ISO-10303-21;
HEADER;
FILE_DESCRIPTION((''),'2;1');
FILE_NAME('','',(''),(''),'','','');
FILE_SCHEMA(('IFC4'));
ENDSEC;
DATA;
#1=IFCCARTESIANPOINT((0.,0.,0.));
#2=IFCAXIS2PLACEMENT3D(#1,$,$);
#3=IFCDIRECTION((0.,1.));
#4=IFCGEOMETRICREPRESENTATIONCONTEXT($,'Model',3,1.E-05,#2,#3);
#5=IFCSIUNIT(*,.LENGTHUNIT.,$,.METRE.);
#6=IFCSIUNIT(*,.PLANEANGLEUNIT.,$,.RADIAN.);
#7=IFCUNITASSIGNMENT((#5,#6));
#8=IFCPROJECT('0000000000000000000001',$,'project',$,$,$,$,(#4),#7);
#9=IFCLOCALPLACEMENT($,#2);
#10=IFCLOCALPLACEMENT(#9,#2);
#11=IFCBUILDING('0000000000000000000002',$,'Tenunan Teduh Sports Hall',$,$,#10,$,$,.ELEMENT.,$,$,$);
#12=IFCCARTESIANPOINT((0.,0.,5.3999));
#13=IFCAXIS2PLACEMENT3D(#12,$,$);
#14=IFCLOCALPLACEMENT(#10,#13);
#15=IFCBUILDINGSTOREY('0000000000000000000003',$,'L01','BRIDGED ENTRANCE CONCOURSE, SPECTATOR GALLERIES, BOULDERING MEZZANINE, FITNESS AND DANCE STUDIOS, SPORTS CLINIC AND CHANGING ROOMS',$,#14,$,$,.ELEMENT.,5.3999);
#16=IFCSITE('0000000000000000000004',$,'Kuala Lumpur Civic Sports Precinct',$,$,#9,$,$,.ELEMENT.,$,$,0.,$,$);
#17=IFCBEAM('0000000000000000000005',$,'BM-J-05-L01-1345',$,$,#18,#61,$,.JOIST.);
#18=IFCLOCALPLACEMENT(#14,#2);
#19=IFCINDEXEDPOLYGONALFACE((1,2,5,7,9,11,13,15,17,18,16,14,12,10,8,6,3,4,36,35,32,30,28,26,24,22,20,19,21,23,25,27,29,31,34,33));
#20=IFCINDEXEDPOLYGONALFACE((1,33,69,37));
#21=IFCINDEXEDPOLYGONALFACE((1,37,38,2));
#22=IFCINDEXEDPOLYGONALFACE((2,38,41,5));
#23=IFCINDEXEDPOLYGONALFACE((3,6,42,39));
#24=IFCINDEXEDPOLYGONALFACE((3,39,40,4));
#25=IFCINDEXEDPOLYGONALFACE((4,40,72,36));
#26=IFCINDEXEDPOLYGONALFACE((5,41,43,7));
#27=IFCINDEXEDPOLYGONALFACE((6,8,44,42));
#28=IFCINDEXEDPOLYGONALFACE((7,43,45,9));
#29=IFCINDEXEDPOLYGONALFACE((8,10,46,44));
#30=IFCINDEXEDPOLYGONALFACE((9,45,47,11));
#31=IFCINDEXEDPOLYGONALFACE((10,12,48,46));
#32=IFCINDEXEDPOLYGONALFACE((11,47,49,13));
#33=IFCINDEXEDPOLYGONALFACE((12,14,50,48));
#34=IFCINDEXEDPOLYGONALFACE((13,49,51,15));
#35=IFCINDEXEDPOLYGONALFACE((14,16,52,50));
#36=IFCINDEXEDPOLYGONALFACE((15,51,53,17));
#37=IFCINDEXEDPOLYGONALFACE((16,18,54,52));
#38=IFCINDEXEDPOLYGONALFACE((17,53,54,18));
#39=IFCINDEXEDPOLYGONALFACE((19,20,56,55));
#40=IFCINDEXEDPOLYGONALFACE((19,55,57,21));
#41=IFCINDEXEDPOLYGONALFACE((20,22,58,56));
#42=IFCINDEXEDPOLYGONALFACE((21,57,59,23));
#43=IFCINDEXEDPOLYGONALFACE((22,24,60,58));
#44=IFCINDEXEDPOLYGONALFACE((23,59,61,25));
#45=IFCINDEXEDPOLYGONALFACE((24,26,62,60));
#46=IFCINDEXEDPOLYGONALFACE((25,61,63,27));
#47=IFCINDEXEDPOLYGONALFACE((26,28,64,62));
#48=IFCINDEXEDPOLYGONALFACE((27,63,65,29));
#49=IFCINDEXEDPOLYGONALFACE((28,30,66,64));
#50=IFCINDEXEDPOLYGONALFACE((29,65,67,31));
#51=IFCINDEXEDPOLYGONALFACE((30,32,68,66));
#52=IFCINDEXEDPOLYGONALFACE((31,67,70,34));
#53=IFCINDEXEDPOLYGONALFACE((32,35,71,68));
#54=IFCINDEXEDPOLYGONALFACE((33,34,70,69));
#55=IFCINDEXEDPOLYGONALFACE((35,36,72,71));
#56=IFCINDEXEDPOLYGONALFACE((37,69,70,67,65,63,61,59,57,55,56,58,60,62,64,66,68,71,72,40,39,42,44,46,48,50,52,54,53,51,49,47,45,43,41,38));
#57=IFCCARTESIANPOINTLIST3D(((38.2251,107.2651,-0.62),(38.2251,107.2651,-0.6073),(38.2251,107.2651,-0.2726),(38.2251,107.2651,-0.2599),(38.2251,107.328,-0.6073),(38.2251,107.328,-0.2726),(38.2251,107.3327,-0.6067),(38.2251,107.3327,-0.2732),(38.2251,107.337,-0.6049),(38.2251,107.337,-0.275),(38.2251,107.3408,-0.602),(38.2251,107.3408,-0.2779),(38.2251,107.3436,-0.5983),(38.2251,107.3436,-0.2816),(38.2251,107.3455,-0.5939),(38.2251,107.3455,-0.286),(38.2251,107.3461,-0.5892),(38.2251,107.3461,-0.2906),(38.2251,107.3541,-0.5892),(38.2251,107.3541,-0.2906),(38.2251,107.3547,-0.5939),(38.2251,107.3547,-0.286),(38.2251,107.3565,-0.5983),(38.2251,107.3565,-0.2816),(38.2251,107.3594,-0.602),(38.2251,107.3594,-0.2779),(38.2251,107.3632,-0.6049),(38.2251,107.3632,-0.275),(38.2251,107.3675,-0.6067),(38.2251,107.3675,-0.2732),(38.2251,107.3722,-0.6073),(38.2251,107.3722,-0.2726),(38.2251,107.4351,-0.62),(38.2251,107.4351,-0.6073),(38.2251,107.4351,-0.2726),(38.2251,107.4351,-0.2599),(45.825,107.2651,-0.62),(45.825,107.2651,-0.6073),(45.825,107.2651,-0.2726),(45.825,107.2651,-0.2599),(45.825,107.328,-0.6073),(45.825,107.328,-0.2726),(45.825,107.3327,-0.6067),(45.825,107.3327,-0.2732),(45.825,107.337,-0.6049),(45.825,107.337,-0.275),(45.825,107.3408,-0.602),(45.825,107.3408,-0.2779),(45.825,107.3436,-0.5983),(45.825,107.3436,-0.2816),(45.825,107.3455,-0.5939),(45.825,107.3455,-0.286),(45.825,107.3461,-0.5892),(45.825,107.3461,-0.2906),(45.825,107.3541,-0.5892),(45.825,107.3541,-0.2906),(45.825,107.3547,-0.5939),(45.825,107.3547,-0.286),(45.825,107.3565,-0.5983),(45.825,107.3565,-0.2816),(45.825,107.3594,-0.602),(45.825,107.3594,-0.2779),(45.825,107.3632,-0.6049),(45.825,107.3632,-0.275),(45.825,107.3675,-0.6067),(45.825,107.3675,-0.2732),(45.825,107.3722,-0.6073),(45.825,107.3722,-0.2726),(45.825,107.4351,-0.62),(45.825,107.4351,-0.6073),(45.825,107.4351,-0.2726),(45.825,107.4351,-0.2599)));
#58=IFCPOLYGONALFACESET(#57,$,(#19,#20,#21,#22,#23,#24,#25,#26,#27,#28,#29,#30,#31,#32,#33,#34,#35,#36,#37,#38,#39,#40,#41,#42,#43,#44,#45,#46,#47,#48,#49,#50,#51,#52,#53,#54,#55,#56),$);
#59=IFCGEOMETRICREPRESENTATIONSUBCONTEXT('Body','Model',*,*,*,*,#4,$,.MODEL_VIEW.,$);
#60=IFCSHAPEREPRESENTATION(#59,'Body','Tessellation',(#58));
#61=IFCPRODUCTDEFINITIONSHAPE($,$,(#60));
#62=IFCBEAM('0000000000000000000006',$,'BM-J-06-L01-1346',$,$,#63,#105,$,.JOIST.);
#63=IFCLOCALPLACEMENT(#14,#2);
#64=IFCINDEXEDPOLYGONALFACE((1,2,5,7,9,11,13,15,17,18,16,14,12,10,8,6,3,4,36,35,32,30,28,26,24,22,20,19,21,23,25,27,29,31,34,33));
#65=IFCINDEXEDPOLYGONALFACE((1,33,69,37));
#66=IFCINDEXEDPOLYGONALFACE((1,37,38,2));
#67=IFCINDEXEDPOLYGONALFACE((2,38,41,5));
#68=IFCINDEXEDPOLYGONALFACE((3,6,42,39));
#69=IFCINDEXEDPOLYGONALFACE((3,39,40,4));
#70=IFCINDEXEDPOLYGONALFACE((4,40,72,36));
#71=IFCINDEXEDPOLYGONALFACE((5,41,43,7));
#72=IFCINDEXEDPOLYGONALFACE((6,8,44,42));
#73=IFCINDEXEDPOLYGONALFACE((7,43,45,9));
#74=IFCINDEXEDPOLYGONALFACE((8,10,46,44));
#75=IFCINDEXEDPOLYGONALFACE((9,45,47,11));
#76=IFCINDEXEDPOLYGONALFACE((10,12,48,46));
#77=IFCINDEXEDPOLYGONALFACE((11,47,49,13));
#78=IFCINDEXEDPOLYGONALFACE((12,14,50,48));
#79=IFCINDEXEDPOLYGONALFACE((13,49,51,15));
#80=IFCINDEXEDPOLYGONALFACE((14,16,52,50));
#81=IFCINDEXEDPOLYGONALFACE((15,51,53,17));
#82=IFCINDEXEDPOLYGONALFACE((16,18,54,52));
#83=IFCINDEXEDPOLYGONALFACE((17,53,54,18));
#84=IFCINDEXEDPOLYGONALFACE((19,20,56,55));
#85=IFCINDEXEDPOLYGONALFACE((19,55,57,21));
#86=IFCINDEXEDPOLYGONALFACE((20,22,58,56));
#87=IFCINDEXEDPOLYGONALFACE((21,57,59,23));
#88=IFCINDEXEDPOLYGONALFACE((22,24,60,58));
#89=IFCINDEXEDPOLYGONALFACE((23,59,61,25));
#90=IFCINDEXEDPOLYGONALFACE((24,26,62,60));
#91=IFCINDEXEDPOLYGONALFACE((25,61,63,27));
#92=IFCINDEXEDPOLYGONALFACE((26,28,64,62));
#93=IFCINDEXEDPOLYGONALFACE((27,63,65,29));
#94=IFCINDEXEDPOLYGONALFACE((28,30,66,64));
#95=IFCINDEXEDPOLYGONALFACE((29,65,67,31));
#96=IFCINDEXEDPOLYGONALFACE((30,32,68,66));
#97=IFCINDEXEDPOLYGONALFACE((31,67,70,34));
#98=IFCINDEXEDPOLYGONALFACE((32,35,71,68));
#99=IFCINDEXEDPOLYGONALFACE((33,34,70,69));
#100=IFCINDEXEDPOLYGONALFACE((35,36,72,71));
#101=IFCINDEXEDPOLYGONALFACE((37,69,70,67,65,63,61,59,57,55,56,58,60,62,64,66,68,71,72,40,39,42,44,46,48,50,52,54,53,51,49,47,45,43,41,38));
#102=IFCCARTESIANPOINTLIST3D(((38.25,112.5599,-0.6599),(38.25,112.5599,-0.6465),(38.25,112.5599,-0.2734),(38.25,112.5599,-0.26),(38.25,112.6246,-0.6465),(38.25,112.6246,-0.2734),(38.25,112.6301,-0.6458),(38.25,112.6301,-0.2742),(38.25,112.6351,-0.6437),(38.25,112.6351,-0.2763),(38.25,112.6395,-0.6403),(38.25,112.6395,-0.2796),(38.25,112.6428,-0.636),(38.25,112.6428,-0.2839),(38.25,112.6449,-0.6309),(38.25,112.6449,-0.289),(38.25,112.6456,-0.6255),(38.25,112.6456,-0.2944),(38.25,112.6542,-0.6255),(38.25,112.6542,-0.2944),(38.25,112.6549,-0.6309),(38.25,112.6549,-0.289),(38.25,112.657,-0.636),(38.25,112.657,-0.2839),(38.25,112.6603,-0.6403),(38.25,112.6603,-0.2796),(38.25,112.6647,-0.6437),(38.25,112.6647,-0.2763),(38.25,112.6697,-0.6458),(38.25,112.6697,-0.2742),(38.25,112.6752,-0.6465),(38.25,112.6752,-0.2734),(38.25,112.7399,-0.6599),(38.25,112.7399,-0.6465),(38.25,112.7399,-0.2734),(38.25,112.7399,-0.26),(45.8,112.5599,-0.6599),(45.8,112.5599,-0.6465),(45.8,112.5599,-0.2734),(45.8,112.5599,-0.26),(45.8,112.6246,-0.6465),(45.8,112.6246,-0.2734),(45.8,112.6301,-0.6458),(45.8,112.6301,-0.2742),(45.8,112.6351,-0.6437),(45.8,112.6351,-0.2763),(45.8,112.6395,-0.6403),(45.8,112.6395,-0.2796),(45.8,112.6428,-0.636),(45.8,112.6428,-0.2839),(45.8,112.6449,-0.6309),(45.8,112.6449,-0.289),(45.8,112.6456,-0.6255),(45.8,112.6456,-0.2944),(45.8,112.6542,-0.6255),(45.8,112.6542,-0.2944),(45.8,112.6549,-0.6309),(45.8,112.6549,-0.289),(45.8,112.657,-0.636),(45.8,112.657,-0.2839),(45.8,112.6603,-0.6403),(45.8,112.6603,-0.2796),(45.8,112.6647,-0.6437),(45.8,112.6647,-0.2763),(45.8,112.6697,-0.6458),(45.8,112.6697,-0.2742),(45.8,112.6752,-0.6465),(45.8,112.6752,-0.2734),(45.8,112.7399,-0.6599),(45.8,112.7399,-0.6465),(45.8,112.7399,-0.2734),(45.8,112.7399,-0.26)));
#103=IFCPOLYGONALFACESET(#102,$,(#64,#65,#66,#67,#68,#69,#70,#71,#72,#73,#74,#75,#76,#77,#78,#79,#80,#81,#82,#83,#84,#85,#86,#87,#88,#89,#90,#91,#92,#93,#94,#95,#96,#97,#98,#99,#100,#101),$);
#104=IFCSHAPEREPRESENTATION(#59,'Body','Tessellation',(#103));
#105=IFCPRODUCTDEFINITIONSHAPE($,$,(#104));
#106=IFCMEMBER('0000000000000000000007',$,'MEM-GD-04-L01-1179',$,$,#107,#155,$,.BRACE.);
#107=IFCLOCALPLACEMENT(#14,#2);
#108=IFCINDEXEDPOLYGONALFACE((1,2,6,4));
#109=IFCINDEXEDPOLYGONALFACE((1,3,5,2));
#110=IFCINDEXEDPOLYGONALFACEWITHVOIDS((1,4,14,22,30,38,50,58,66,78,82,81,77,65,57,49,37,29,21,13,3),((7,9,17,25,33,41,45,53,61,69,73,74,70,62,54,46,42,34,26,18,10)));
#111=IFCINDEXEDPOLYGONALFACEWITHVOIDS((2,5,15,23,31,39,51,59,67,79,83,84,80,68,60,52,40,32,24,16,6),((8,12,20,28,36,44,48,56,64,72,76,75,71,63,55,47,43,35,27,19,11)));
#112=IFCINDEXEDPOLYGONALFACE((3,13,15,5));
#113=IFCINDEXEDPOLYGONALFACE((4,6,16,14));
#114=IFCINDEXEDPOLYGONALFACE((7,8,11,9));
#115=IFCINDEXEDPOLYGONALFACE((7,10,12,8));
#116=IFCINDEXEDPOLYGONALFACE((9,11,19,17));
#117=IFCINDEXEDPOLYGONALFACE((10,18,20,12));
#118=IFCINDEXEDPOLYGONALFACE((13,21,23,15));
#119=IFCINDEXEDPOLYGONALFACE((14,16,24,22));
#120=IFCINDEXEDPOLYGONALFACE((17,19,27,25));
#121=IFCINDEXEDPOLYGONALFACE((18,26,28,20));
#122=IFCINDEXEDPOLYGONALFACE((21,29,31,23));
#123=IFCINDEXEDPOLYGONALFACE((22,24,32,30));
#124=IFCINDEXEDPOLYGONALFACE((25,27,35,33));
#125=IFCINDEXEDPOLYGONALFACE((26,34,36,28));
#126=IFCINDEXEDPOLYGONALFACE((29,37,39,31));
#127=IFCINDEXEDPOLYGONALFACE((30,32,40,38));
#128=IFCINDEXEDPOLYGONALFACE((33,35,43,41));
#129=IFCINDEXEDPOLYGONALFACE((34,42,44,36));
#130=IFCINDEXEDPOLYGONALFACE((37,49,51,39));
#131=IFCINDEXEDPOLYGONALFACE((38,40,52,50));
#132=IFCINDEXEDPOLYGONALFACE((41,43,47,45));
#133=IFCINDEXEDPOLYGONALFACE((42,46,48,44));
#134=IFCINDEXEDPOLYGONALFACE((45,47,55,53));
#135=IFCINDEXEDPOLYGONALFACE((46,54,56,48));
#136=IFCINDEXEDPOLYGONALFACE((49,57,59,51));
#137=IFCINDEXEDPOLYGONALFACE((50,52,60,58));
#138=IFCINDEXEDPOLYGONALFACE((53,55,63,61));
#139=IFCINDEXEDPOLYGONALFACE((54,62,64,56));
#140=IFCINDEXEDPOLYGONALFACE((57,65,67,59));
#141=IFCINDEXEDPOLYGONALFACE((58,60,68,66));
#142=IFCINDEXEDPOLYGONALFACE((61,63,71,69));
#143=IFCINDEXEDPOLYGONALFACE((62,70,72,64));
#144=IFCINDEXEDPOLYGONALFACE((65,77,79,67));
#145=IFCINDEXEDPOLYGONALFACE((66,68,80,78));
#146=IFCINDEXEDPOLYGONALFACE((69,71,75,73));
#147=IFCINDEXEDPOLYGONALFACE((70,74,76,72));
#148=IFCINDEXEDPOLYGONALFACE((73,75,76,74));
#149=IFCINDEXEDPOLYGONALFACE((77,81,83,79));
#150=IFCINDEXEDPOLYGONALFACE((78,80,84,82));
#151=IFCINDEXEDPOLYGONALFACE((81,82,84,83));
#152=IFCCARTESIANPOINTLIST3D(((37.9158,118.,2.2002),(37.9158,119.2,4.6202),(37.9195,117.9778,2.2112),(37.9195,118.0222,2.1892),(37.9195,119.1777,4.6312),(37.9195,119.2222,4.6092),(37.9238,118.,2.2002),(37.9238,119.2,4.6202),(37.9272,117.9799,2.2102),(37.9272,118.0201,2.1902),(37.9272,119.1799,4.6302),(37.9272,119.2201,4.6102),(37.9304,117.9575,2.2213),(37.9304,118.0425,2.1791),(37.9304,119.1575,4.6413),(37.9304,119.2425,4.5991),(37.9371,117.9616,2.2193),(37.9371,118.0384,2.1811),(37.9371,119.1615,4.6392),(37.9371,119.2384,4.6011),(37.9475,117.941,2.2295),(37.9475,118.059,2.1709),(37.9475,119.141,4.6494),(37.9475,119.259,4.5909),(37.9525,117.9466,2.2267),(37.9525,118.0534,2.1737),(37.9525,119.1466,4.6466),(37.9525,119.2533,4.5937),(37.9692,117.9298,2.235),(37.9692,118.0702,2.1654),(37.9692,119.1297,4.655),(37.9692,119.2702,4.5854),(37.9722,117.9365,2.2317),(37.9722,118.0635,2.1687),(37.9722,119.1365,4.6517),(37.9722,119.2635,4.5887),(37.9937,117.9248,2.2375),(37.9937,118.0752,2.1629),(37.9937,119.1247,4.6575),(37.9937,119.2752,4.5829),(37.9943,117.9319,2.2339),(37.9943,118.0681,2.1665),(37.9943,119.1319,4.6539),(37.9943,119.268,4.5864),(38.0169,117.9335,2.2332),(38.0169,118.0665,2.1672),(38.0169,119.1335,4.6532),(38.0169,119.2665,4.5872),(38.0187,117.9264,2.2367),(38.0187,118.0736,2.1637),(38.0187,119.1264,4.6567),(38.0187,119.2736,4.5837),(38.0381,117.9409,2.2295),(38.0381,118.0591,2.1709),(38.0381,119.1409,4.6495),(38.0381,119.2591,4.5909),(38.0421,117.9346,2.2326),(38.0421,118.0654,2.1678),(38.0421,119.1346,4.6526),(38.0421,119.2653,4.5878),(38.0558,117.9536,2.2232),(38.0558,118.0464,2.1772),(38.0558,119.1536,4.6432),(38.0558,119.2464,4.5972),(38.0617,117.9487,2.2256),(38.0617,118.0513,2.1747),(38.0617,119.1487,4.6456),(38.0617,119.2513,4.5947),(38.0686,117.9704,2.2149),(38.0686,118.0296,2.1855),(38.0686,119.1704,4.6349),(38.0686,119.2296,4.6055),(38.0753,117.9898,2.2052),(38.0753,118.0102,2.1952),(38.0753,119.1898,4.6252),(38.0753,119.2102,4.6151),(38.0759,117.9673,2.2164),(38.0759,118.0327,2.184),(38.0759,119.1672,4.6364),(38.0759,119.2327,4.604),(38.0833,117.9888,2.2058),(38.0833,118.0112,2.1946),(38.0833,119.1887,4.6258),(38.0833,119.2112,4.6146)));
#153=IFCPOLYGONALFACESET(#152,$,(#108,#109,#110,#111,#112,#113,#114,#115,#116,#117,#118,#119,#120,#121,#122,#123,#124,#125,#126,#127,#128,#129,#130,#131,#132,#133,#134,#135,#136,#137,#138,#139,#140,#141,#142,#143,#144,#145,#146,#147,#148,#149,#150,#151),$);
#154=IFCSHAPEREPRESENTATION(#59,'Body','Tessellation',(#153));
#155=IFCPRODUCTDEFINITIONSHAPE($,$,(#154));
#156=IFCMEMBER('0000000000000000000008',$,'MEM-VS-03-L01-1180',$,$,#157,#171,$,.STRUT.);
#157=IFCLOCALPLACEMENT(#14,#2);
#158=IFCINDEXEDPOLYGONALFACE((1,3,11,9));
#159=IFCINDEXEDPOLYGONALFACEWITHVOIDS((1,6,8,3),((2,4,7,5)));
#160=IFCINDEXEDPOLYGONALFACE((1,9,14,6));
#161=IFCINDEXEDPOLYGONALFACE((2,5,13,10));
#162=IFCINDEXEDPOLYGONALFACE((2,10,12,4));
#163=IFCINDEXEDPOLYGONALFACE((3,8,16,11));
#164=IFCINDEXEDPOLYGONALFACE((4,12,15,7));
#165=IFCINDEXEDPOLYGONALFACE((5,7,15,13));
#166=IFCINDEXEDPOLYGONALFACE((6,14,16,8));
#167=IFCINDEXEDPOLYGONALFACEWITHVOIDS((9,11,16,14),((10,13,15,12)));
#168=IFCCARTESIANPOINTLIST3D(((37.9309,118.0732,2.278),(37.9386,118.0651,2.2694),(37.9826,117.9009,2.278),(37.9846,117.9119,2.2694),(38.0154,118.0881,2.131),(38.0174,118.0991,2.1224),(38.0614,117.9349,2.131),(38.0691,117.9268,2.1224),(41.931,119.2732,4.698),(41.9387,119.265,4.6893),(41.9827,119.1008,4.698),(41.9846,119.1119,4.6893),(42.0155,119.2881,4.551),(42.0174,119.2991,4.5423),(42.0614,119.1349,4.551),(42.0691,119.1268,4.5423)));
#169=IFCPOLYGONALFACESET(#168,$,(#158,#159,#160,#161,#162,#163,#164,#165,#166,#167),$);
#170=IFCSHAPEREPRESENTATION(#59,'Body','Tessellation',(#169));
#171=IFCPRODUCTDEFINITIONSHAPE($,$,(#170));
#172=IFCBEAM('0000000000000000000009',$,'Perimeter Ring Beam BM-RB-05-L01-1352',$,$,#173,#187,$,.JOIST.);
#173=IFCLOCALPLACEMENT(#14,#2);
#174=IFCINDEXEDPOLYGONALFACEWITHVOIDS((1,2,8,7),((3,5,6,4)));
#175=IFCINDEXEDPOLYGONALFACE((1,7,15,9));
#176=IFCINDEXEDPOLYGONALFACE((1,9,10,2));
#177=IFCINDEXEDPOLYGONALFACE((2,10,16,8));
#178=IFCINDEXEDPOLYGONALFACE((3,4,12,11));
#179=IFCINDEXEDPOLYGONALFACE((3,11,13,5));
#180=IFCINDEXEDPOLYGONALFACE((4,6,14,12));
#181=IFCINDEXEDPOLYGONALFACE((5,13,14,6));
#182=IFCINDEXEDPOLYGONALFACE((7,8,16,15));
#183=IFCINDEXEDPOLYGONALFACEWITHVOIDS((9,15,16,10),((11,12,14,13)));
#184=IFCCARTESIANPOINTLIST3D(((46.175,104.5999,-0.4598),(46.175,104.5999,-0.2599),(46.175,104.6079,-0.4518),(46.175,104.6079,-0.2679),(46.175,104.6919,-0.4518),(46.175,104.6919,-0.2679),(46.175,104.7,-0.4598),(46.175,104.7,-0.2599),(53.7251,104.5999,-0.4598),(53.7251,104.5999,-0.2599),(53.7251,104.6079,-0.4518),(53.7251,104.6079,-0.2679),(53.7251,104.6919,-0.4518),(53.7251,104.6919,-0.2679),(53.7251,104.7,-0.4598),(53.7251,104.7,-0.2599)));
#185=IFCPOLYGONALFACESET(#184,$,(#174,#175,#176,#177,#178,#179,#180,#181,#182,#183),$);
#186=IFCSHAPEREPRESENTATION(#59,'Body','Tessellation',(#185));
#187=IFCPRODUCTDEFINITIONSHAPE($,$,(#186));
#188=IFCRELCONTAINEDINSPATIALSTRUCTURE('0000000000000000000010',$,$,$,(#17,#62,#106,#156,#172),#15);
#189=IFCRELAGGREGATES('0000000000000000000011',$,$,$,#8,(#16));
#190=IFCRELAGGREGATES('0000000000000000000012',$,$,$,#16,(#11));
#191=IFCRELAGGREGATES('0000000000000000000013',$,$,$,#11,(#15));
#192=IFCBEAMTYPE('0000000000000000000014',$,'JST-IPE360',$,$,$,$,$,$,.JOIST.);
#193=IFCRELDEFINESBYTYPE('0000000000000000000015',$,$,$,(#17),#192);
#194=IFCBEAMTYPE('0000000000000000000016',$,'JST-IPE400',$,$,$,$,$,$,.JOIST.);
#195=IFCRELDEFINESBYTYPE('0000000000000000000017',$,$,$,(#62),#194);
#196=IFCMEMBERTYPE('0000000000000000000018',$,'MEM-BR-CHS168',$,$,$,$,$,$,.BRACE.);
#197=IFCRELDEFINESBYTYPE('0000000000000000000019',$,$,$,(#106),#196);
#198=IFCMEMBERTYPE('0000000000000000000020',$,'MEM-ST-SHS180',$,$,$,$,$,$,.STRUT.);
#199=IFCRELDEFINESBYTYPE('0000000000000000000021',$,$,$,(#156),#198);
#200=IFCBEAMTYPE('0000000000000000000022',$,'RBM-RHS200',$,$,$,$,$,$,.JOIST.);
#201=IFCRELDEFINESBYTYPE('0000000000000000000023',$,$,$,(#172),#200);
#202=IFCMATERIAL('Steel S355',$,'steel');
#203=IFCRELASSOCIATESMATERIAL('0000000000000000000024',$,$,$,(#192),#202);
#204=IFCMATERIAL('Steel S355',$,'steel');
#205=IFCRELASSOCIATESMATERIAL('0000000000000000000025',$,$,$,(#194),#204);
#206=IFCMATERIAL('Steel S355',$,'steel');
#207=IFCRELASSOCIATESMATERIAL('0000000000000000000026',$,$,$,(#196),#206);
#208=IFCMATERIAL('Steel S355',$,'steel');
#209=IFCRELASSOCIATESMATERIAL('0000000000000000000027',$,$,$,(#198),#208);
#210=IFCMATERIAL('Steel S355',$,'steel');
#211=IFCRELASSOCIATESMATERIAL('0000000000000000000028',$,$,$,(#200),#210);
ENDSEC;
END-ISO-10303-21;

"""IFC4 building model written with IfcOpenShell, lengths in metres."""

from ifc_helpers import new_model, si_unit, direction, frame, origin, origin_2d, place, context, subcontext, project, spatial, hollow_rectangle, hollow_circle, i_section, extrude, material, material_profile, profile_set, type_object, element, save


model = new_model("IFC4")

# Units and contexts
model_context = context("Model", 3, precision=1e-05, world=origin(), true_north=direction((0.0, 1.0)))
body_context = subcontext(model_context, "Body", "Model", "MODEL_VIEW")
ifc_project = project(units=[si_unit("LENGTHUNIT", "METRE"), si_unit("PLANEANGLEUNIT", "RADIAN")], contexts=[model_context])

# Site, building, storey
site_placement = place(None, origin())
site = spatial("IfcSite", under=ifc_project, at=site_placement, Name="Kuala Lumpur Civic Sports Precinct", CompositionType="ELEMENT", RefElevation=0.0)
building_placement = place(site_placement, origin())
building = spatial("IfcBuilding", under=site, at=building_placement, Name="Tenunan Teduh Sports Hall", CompositionType="ELEMENT")
storey_placement = place(building_placement, frame((0.0, 0.0, 5.3999)))
storey = spatial("IfcBuildingStorey", under=building, at=storey_placement, Name="L01", Description="BRIDGED ENTRANCE CONCOURSE, SPECTATOR GALLERIES, BOULDERING MEZZANINE, FITNESS AND DANCE STUDIOS, SPORTS CLINIC AND CHANGING ROOMS", CompositionType="ELEMENT", Elevation=5.3999)

# Beams
ifc_material_1 = material(Name="Steel S355", Category="steel")
ifc_material_profile_1 = material_profile(ifc_material_1, i_section(OverallWidth=0.1699, OverallDepth=0.3601, WebThickness=0.0081, FlangeThickness=0.0127, FilletRadius=0.0181, at=origin_2d()), Name="IPE 360")
ifc_profile_set_1 = profile_set([ifc_material_profile_1], Name="Steel S355")
beam_type_1 = type_object("IfcBeamType", Name="JST-IPE360", PredefinedType="JOIST", material=ifc_profile_set_1)
beam_1_placement = place(storey_placement, frame((38.2251, 107.3501, -0.4399), z_axis=(1.0, 0.0, 0.0), x_axis=(0.0, 1.0, 0.0)))
element("IfcBeam", 1, at=beam_1_placement, inside=storey, type_object=beam_type_1, Name="BM-J-05-L01-1345", PredefinedType="JOIST", context=body_context, shape_type="SweptSolid", body=[
    extrude(i_section(OverallWidth=0.1699, OverallDepth=0.3601, WebThickness=0.0081, FlangeThickness=0.0127, FilletRadius=0.0181, at=origin_2d()), origin(), (0.0, 0.0, 1.0), 7.5999),
])
ifc_material_2 = material(Name="Steel S355", Category="steel")
ifc_material_profile_2 = material_profile(ifc_material_2, i_section(OverallWidth=0.1799, OverallDepth=0.3999, WebThickness=0.0085, FlangeThickness=0.0134, FilletRadius=0.021, at=origin_2d()), Name="IPE 400")
ifc_profile_set_2 = profile_set([ifc_material_profile_2], Name="Steel S355")
beam_type_2 = type_object("IfcBeamType", Name="JST-IPE400", PredefinedType="JOIST", material=ifc_profile_set_2)
beam_2_placement = place(storey_placement, frame((38.25, 112.6499, -0.46), z_axis=(1.0, 0.0, 0.0), x_axis=(0.0, 1.0, 0.0)))
element("IfcBeam", 2, at=beam_2_placement, inside=storey, type_object=beam_type_2, Name="BM-J-06-L01-1346", PredefinedType="JOIST", context=body_context, shape_type="SweptSolid", body=[
    extrude(i_section(OverallWidth=0.1799, OverallDepth=0.3999, WebThickness=0.0085, FlangeThickness=0.0134, FilletRadius=0.021, at=origin_2d()), origin(), (0.0, 0.0, 1.0), 7.55),
])

# Members
ifc_material_3 = material(Name="Steel S355", Category="steel")
ifc_material_profile_3 = material_profile(ifc_material_3, hollow_circle(Radius=0.0842, WallThickness=0.0081, at=origin_2d()), Name="CHS 168.3x8.0")
ifc_profile_set_3 = profile_set([ifc_material_profile_3], Name="Steel S355")
member_type_1 = type_object("IfcMemberType", Name="MEM-BR-CHS168", PredefinedType="BRACE", material=ifc_profile_set_3)
member_1_placement = place(storey_placement, frame((38.0, 118.0, 2.2002), z_axis=(0.0, 0.444246, 0.895905), x_axis=(-1.0, 0.0, 0.0)))
element("IfcMember", 3, at=member_1_placement, inside=storey, type_object=member_type_1, Name="MEM-GD-04-L01-1179", PredefinedType="BRACE", context=body_context, shape_type="SweptSolid", body=[
    extrude(hollow_circle(Radius=0.0842, WallThickness=0.0081, at=origin_2d()), origin(), (0.0, 0.0, 1.0), 2.7012),
])
ifc_material_4 = material(Name="Steel S355", Category="steel")
ifc_material_profile_4 = material_profile(ifc_material_4, hollow_rectangle(XDim=0.1799, YDim=0.1799, WallThickness=0.01, at=origin_2d()), Name="SHS 180x180x10.0")
ifc_profile_set_4 = profile_set([ifc_material_profile_4], Name="Steel S355")
member_type_2 = type_object("IfcMemberType", Name="MEM-ST-SHS180", PredefinedType="STRUT", material=ifc_profile_set_4)
member_2_placement = place(storey_placement, frame((38.0, 118.0, 2.2002), z_axis=(0.828744, 0.248613, 0.501374), x_axis=(-0.287337, 0.95783, 0.0)))
element("IfcMember", 4, at=member_2_placement, inside=storey, type_object=member_type_2, Name="MEM-VS-03-L01-1180", PredefinedType="STRUT", context=body_context, shape_type="SweptSolid", body=[
    extrude(hollow_rectangle(XDim=0.1799, YDim=0.1799, WallThickness=0.01, at=origin_2d()), origin(), (0.0, 0.0, 1.0), 4.8267),
])

# Beam
ifc_material_5 = material(Name="Steel S355", Category="steel")
ifc_material_profile_5 = material_profile(ifc_material_5, hollow_rectangle(XDim=0.1001, YDim=0.2, WallThickness=0.0081, at=origin_2d()), Name="RHS 200x100x8.0")
ifc_profile_set_5 = profile_set([ifc_material_profile_5], Name="Steel S355")
beam_type_3 = type_object("IfcBeamType", Name="RBM-RHS200", PredefinedType="JOIST", material=ifc_profile_set_5)
beam_3_placement = place(storey_placement, frame((46.175, 104.6499, -0.3599), z_axis=(1.0, 0.0, 0.0), x_axis=(0.0, 1.0, 0.0)))
element("IfcBeam", 5, at=beam_3_placement, inside=storey, type_object=beam_type_3, Name="Perimeter Ring Beam BM-RB-05-L01-1352", PredefinedType="JOIST", context=body_context, shape_type="SweptSolid", body=[
    extrude(hollow_rectangle(XDim=0.1001, YDim=0.2, WallThickness=0.0081, at=origin_2d()), origin(), (0.0, 0.0, 1.0), 7.55),
])

save(model, "model.ifc")
